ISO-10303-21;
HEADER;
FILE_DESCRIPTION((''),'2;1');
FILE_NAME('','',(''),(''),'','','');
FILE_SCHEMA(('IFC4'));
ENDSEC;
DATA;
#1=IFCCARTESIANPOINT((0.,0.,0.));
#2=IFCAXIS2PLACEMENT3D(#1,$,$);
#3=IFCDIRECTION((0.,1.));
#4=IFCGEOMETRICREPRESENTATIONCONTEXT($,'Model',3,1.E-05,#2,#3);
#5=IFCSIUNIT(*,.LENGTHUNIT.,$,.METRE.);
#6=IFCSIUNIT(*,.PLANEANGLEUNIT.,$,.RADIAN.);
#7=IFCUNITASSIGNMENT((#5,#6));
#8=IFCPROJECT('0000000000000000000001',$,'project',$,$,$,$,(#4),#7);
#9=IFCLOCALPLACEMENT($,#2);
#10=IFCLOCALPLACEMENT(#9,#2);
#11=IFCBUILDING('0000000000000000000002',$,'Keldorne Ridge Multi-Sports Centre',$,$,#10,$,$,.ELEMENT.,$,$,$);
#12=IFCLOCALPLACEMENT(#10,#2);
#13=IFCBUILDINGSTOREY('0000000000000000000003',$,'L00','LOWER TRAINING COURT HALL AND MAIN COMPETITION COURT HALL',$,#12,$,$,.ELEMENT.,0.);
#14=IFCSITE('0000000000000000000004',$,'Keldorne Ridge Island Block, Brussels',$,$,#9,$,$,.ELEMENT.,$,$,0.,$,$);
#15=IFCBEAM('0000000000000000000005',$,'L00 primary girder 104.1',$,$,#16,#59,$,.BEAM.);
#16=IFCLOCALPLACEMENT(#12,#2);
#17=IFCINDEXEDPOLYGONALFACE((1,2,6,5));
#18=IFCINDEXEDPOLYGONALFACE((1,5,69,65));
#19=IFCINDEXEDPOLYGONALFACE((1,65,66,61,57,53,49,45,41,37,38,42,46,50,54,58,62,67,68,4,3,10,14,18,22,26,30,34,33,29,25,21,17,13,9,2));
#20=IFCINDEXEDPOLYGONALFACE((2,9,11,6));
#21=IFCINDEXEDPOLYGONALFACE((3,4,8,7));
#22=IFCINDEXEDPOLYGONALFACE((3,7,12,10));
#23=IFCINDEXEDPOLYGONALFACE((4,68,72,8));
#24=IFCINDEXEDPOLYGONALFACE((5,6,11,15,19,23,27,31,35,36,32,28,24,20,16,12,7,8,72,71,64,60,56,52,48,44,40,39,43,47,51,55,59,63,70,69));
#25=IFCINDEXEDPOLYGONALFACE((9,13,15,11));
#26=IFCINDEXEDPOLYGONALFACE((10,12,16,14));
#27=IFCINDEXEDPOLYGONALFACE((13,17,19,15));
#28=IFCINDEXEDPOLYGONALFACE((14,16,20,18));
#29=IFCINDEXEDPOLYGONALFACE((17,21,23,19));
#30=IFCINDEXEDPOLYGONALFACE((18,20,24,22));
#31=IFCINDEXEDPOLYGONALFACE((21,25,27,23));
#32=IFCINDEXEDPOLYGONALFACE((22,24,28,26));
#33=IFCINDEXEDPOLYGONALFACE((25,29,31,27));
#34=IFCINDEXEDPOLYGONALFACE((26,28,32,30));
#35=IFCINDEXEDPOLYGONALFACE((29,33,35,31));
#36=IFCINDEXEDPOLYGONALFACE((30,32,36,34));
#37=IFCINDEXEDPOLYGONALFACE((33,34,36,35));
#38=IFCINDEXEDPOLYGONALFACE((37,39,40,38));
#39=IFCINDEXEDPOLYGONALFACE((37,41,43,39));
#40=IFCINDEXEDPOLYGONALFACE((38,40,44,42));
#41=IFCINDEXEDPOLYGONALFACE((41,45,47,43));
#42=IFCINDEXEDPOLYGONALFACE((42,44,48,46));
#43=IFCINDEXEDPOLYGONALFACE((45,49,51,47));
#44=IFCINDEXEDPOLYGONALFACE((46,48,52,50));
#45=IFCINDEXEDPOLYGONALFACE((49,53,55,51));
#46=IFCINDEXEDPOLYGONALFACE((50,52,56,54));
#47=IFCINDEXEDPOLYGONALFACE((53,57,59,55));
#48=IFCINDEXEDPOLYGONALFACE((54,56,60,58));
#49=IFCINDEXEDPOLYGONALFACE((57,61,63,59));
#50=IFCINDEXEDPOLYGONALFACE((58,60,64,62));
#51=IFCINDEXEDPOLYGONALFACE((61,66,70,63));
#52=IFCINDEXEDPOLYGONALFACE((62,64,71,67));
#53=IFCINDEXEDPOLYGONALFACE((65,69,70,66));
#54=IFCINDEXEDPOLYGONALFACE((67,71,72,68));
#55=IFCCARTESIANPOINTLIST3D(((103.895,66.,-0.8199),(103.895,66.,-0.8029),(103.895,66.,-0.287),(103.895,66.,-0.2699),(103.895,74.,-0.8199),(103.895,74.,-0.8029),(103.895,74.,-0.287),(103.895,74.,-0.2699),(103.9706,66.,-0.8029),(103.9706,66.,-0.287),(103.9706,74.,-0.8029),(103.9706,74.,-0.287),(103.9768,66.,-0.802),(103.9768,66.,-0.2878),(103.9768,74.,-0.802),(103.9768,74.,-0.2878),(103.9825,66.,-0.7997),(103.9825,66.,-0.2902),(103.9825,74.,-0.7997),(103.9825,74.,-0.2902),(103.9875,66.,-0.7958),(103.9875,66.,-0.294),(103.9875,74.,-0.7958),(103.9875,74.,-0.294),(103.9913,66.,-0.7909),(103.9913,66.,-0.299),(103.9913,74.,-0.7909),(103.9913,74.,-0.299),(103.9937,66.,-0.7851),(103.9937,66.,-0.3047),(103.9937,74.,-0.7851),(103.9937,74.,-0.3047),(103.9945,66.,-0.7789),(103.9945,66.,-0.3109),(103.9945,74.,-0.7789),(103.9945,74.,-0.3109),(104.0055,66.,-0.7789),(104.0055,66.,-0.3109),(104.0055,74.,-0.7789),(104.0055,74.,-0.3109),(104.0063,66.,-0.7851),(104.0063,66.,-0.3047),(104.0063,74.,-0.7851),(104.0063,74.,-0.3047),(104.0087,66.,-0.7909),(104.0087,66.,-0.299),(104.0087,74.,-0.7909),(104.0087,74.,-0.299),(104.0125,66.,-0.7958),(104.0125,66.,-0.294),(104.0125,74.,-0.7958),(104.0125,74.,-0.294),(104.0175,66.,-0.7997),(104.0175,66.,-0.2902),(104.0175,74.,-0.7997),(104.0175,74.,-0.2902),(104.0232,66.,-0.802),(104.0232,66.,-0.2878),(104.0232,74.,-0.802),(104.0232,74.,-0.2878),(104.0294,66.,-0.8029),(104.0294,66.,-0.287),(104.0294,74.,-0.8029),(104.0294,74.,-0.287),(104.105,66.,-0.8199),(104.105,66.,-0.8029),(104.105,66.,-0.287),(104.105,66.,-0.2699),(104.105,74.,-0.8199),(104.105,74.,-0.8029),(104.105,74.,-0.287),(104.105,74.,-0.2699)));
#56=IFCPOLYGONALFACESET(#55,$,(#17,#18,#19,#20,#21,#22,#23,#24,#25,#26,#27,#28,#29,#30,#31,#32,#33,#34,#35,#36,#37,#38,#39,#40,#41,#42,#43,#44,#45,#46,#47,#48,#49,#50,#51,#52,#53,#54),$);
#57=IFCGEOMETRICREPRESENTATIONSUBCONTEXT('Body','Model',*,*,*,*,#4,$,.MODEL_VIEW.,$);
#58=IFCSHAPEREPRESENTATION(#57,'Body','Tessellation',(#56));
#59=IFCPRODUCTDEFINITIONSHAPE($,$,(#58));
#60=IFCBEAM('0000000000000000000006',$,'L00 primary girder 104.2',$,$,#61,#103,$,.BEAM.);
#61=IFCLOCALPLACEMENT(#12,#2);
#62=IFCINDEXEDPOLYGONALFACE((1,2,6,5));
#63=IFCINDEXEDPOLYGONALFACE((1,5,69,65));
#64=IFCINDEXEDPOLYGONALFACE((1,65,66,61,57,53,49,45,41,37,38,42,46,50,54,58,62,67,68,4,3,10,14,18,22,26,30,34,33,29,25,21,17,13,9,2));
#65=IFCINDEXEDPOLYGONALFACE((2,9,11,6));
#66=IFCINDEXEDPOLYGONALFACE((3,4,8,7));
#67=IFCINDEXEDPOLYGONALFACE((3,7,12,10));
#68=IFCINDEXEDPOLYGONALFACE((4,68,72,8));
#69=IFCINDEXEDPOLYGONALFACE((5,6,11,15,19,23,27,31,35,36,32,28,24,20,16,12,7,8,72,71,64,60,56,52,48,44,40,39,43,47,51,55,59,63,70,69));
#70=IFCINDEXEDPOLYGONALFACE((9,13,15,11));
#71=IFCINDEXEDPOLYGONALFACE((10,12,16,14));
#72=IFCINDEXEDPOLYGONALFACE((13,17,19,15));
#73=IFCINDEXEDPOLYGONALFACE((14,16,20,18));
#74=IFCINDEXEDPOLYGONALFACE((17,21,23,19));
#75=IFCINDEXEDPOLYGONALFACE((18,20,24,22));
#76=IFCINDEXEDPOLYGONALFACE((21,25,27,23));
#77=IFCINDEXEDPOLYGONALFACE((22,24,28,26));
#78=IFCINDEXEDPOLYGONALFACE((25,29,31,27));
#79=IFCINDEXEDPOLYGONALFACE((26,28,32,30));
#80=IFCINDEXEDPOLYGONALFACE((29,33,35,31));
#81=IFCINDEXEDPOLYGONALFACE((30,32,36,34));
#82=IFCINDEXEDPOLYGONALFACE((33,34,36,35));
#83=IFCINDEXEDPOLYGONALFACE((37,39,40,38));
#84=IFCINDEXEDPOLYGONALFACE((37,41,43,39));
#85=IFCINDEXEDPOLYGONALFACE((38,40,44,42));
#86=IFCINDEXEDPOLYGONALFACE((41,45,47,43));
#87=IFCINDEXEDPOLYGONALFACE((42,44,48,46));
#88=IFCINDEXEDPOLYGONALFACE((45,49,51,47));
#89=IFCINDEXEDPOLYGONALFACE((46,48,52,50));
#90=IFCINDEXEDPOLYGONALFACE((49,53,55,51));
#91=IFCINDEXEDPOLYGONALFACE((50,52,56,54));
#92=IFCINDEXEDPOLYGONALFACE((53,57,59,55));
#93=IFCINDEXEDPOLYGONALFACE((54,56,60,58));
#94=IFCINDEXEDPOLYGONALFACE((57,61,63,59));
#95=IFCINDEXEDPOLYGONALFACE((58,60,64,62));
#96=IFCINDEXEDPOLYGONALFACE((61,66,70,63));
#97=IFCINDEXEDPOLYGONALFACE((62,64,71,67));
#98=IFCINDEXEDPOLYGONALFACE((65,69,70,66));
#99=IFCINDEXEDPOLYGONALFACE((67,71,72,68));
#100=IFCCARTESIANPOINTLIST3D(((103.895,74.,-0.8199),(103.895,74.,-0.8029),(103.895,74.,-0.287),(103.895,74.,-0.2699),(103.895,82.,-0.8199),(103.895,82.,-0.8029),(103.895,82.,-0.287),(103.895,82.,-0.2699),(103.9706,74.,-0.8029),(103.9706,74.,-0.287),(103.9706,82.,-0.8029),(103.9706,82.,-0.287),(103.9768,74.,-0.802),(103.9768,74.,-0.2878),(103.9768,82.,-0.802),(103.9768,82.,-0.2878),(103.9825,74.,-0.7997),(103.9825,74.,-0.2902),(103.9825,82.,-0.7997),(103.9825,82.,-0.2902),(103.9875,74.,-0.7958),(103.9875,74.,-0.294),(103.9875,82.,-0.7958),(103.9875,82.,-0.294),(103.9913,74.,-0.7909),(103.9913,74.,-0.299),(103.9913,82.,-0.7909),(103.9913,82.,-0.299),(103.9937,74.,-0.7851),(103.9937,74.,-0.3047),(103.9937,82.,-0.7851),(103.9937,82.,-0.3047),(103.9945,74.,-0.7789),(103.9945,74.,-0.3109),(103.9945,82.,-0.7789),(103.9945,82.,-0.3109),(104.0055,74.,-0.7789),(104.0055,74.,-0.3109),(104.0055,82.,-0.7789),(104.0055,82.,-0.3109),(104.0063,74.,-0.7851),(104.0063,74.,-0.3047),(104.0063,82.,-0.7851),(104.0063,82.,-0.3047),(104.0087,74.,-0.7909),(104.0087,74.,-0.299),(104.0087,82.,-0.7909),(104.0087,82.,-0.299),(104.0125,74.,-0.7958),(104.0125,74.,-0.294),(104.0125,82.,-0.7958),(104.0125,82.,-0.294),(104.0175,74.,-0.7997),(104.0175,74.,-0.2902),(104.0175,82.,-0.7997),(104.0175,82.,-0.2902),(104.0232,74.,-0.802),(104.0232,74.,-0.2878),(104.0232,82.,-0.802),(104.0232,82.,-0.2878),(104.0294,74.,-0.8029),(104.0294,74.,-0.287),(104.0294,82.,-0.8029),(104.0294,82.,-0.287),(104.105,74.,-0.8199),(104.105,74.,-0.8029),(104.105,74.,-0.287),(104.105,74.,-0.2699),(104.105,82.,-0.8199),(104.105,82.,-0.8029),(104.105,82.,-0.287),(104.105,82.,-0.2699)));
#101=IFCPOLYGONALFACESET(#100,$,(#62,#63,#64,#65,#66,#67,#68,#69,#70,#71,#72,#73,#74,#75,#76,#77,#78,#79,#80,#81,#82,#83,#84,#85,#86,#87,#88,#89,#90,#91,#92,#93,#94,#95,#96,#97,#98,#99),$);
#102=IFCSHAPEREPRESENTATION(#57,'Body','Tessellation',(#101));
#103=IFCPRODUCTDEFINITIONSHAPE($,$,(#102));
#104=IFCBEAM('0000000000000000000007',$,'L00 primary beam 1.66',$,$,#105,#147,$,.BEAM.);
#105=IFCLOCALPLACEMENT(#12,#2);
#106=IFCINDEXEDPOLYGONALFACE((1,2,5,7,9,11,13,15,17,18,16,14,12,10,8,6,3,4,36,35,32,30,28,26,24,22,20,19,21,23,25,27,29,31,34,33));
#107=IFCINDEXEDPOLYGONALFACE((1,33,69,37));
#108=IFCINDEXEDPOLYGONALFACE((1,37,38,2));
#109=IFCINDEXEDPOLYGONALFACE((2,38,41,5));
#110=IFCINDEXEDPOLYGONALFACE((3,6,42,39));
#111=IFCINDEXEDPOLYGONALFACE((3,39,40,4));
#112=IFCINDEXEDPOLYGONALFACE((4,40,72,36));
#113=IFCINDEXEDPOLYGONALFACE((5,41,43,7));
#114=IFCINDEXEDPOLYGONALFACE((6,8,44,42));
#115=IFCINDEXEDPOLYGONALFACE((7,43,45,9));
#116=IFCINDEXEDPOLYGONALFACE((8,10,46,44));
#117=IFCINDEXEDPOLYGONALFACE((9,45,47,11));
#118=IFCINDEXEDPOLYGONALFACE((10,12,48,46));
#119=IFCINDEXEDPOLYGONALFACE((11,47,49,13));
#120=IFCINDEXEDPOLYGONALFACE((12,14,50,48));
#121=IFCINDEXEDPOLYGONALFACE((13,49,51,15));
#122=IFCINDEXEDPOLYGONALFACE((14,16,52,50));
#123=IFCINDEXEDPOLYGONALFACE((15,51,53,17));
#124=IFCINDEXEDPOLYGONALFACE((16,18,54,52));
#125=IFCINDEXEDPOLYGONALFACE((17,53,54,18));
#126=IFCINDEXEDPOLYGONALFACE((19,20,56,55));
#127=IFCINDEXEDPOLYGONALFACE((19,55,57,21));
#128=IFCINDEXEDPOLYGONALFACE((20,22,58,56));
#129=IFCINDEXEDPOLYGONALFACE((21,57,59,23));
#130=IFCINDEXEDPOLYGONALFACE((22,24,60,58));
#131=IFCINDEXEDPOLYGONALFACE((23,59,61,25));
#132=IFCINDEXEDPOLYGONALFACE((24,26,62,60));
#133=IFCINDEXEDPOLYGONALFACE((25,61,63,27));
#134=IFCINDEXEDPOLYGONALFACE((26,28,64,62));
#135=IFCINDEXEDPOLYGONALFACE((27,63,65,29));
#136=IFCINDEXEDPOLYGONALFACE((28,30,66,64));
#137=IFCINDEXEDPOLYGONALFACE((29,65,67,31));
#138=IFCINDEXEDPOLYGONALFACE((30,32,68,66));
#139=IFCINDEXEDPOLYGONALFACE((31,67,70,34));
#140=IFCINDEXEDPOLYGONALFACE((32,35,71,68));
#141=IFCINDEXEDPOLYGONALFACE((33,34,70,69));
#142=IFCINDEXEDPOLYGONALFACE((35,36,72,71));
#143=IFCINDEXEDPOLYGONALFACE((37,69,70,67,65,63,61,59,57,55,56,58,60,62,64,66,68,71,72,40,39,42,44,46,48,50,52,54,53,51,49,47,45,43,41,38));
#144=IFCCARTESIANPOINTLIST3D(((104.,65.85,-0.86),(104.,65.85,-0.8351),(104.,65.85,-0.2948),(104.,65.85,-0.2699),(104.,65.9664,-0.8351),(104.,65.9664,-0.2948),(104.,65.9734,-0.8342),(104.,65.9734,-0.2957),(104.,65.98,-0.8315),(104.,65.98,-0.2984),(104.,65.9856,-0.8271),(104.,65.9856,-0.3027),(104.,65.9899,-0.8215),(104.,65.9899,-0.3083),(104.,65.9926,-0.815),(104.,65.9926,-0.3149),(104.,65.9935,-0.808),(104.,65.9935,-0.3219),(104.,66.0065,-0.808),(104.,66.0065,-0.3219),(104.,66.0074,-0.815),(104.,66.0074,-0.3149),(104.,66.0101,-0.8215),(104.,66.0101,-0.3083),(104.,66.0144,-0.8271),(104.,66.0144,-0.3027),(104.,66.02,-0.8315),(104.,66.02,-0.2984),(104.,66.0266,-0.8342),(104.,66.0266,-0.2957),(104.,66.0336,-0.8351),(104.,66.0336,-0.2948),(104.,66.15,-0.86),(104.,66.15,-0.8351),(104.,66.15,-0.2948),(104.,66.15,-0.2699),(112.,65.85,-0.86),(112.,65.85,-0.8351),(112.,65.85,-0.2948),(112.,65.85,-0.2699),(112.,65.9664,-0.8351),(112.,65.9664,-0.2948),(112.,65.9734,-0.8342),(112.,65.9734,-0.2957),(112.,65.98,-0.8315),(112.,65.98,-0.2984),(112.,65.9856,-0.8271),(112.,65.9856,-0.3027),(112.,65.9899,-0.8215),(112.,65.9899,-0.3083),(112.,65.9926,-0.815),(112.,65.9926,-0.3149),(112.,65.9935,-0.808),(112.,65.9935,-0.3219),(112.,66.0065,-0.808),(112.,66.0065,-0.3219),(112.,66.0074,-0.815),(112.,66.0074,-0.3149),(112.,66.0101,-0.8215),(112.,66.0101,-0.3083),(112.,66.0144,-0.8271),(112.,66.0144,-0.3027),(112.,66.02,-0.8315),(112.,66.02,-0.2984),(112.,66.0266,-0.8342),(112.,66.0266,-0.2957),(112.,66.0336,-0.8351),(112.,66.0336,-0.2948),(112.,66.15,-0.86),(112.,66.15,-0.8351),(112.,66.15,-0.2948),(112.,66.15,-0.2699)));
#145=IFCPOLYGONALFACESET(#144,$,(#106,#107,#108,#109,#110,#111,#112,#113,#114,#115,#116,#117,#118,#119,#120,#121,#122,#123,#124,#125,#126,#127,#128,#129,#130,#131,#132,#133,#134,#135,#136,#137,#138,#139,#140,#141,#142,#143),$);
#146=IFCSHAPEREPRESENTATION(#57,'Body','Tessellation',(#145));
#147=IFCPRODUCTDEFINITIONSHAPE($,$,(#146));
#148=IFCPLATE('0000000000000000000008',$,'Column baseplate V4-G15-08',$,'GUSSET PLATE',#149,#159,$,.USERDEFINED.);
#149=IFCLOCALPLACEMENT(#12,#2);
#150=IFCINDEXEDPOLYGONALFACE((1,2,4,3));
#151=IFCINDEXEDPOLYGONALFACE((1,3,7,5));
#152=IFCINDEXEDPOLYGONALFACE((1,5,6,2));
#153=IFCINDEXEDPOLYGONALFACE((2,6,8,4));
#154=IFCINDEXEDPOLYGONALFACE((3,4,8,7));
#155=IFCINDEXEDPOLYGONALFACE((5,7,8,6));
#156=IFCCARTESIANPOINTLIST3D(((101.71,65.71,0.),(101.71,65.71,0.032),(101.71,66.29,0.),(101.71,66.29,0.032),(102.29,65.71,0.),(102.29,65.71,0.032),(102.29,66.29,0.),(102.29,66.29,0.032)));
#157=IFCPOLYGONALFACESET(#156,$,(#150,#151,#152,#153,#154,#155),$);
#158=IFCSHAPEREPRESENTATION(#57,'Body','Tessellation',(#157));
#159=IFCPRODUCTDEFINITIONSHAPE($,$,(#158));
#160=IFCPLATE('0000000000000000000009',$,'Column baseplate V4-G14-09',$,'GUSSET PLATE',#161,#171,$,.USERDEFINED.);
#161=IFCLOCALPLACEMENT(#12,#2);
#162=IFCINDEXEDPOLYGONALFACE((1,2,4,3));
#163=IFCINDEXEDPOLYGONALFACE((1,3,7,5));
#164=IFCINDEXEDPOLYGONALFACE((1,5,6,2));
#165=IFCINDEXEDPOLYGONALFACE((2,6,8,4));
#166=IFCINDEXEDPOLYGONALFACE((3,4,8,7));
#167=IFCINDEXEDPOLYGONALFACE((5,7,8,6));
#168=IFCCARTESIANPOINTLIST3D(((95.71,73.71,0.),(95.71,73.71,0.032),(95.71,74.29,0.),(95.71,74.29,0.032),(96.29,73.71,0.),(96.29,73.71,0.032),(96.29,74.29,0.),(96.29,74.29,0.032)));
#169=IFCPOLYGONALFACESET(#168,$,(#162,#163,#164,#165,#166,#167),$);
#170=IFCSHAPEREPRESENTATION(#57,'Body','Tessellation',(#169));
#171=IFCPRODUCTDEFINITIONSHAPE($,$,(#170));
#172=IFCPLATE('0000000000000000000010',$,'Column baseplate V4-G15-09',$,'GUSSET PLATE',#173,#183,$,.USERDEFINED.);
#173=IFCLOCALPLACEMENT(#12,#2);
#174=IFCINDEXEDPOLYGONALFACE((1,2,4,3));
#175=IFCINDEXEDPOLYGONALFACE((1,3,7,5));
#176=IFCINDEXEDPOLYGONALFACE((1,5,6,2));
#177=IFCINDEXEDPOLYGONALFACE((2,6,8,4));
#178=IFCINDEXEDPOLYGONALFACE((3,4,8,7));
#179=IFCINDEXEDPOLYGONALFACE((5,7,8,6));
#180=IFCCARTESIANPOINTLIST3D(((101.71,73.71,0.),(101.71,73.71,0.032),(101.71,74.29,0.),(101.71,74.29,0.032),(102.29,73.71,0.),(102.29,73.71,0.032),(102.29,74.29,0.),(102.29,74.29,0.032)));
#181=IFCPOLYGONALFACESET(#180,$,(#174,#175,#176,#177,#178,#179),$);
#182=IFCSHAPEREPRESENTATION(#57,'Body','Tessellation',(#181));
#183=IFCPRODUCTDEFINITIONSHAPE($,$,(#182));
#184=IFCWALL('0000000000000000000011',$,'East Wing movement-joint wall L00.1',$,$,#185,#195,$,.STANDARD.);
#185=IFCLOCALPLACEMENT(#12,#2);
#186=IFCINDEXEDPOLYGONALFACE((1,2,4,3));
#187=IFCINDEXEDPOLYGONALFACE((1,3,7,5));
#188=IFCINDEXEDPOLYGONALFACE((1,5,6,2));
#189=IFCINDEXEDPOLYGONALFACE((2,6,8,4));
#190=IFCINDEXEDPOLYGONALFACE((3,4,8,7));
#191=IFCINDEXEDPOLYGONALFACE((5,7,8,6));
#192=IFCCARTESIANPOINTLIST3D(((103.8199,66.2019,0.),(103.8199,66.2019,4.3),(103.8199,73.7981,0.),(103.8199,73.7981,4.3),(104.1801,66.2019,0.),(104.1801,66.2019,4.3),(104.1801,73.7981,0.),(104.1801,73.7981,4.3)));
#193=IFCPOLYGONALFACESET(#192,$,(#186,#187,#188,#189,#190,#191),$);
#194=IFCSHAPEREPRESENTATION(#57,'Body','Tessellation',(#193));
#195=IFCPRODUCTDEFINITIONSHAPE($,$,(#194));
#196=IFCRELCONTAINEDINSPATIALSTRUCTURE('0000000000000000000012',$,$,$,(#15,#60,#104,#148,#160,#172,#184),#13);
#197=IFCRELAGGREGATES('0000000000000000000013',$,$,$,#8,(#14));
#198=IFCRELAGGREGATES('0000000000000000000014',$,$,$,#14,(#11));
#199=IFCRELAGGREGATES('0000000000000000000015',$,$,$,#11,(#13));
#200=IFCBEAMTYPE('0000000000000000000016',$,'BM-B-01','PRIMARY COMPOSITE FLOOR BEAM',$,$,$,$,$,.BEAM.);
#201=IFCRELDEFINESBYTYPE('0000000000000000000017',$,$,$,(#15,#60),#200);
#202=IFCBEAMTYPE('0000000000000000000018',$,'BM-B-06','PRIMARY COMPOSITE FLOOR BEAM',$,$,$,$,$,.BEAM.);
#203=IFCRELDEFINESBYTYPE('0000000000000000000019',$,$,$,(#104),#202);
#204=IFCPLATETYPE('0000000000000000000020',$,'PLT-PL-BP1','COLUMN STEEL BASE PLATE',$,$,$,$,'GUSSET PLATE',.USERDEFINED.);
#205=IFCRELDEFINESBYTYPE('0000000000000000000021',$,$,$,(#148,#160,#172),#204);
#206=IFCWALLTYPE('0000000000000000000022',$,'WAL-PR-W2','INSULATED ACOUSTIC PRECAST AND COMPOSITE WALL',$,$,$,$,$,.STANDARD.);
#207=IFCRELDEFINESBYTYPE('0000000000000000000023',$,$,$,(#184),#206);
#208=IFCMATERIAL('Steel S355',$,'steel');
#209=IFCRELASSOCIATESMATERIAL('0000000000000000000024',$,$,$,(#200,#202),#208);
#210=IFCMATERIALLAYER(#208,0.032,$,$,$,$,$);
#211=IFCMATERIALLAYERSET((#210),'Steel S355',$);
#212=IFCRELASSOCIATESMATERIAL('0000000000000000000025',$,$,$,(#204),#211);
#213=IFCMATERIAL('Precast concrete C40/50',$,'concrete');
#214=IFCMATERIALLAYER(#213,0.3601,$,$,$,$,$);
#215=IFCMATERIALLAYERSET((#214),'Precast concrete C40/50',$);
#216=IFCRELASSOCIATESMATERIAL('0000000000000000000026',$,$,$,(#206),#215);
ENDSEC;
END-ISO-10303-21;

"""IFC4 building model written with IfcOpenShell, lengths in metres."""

from ifc_helpers import new_model, si_unit, direction, frame, frame_2d, origin, origin_2d, place, context, subcontext, project, spatial, rectangle, i_section, extrude, material, layer, layer_set, material_profile, profile_set, type_object, element, save


model = new_model("IFC4")

# Units and contexts
model_context = context("Model", 3, precision=1e-05, world=origin(), true_north=direction((0.0, 1.0)))
body_context = subcontext(model_context, "Body", "Model", "MODEL_VIEW")
ifc_project = project(units=[si_unit("LENGTHUNIT", "METRE"), si_unit("PLANEANGLEUNIT", "RADIAN")], contexts=[model_context])

# Site, building, storey
site_placement = place(None, origin())
site = spatial("IfcSite", under=ifc_project, at=site_placement, Name="Keldorne Ridge Island Block, Brussels", CompositionType="ELEMENT", RefElevation=0.0)
building_placement = place(site_placement, origin())
building = spatial("IfcBuilding", under=site, at=building_placement, Name="Keldorne Ridge Multi-Sports Centre", CompositionType="ELEMENT")
storey_placement = place(building_placement, origin())
storey = spatial("IfcBuildingStorey", under=building, at=storey_placement, Name="L00", Description="LOWER TRAINING COURT HALL AND MAIN COMPETITION COURT HALL", CompositionType="ELEMENT", Elevation=0.0)

# Shared definitions
ifc_material_1 = material(Name="Steel S355", Category="steel")

# Beams
ifc_material_profile_1 = material_profile(ifc_material_1, i_section(OverallWidth=0.21, OverallDepth=0.55, WebThickness=0.011, FlangeThickness=0.0171, FilletRadius=0.0239, at=origin_2d()), Name="IPE 550")
ifc_profile_set_1 = profile_set([ifc_material_profile_1], Name="Steel S355")
beam_type_1 = type_object("IfcBeamType", Name="BM-B-01", Description="PRIMARY COMPOSITE FLOOR BEAM", PredefinedType="BEAM", material=ifc_profile_set_1)
for number, where, z_axis, x_axis, name in (
    (1, (104.0, 66.0, -0.5449), (0.0, 1.0, 0.0), (-1.0, 0.0, 0.0), "L00 primary girder 104.1"),
    (2, (104.0, 74.0, -0.5449), (0.0, 1.0, 0.0), (-1.0, 0.0, 0.0), "L00 primary girder 104.2"),
):
    element("IfcBeam", number, at=place(storey_placement, frame(where, z_axis=z_axis, x_axis=x_axis)), inside=storey, type_object=beam_type_1, Name=name, PredefinedType="BEAM", context=body_context, shape_type="SweptSolid", body=[
        extrude(i_section(OverallWidth=0.21, OverallDepth=0.55, WebThickness=0.011, FlangeThickness=0.0171, FilletRadius=0.0239, at=origin_2d()), origin(), (0.0, 0.0, 1.0), 8.0),
    ])
ifc_material_profile_2 = material_profile(ifc_material_1, i_section(OverallWidth=0.3, OverallDepth=0.5901, WebThickness=0.0129, FlangeThickness=0.0249, FilletRadius=0.0271, at=origin_2d()), Name="HEA 600")
ifc_profile_set_2 = profile_set([ifc_material_profile_2], Name="Steel S355")
beam_type_2 = type_object("IfcBeamType", Name="BM-B-06", Description="PRIMARY COMPOSITE FLOOR BEAM", PredefinedType="BEAM", material=ifc_profile_set_2)
beam_placement = place(storey_placement, frame((104.0, 66.0, -0.5649), z_axis=(1.0, 0.0, 0.0), x_axis=(0.0, 1.0, 0.0)))
element("IfcBeam", 3, at=beam_placement, inside=storey, type_object=beam_type_2, Name="L00 primary beam 1.66", PredefinedType="BEAM", context=body_context, shape_type="SweptSolid", body=[
    extrude(i_section(OverallWidth=0.3, OverallDepth=0.5901, WebThickness=0.0129, FlangeThickness=0.0249, FilletRadius=0.0271, at=origin_2d()), origin(), (0.0, 0.0, 1.0), 8.0),
])

# Plates
ifc_layer_1 = layer(ifc_material_1, 0.032)
ifc_layer_set_1 = layer_set([ifc_layer_1], Name="Steel S355")
plate_type = type_object("IfcPlateType", Name="PLT-PL-BP1", Description="COLUMN STEEL BASE PLATE", ElementType="GUSSET PLATE", PredefinedType="USERDEFINED", material=ifc_layer_set_1)
for number, where, z_axis, x_axis, name in (
    (4, (102.0, 66.0, 0.0), (0.0, 0.0, 1.0), (1.0, 0.0, 0.0), "Column baseplate V4-G15-08"),
    (5, (96.0, 74.0, 0.0), (0.0, 0.0, 1.0), (1.0, 0.0, 0.0), "Column baseplate V4-G14-09"),
    (6, (102.0, 74.0, 0.0), (0.0, 0.0, 1.0), (1.0, 0.0, 0.0), "Column baseplate V4-G15-09"),
):
    element("IfcPlate", number, at=place(storey_placement, frame(where, z_axis=z_axis, x_axis=x_axis)), inside=storey, type_object=plate_type, Name=name, ObjectType="GUSSET PLATE", PredefinedType="USERDEFINED", context=body_context, shape_type="SweptSolid", body=[
        extrude(rectangle(XDim=0.5801, YDim=0.5801, at=origin_2d()), origin(), (0.0, 0.0, 1.0), 0.032),
    ])

# Wall
ifc_material_2 = material(Name="Precast concrete C40/50", Category="concrete")
ifc_layer_2 = layer(ifc_material_2, 0.3601)
ifc_layer_set_2 = layer_set([ifc_layer_2], Name="Precast concrete C40/50")
wall_type = type_object("IfcWallType", Name="WAL-PR-W2", Description="INSULATED ACOUSTIC PRECAST AND COMPOSITE WALL", PredefinedType="STANDARD", material=ifc_layer_set_2)
wall_placement = place(storey_placement, frame((104.0, 73.7981, 0.0), z_axis=(0.0, 0.0, 1.0), x_axis=(0.0, -1.0, 0.0)))
element("IfcWall", 7, at=wall_placement, inside=storey, type_object=wall_type, Name="East Wing movement-joint wall L00.1", PredefinedType="STANDARD", context=body_context, shape_type="SweptSolid", body=[
    extrude(rectangle(XDim=7.5962, YDim=0.3601, at=frame_2d((3.7981, 0.0))), origin(), (0.0, 0.0, 1.0), 4.3),
])

save(model, "model.ifc")
